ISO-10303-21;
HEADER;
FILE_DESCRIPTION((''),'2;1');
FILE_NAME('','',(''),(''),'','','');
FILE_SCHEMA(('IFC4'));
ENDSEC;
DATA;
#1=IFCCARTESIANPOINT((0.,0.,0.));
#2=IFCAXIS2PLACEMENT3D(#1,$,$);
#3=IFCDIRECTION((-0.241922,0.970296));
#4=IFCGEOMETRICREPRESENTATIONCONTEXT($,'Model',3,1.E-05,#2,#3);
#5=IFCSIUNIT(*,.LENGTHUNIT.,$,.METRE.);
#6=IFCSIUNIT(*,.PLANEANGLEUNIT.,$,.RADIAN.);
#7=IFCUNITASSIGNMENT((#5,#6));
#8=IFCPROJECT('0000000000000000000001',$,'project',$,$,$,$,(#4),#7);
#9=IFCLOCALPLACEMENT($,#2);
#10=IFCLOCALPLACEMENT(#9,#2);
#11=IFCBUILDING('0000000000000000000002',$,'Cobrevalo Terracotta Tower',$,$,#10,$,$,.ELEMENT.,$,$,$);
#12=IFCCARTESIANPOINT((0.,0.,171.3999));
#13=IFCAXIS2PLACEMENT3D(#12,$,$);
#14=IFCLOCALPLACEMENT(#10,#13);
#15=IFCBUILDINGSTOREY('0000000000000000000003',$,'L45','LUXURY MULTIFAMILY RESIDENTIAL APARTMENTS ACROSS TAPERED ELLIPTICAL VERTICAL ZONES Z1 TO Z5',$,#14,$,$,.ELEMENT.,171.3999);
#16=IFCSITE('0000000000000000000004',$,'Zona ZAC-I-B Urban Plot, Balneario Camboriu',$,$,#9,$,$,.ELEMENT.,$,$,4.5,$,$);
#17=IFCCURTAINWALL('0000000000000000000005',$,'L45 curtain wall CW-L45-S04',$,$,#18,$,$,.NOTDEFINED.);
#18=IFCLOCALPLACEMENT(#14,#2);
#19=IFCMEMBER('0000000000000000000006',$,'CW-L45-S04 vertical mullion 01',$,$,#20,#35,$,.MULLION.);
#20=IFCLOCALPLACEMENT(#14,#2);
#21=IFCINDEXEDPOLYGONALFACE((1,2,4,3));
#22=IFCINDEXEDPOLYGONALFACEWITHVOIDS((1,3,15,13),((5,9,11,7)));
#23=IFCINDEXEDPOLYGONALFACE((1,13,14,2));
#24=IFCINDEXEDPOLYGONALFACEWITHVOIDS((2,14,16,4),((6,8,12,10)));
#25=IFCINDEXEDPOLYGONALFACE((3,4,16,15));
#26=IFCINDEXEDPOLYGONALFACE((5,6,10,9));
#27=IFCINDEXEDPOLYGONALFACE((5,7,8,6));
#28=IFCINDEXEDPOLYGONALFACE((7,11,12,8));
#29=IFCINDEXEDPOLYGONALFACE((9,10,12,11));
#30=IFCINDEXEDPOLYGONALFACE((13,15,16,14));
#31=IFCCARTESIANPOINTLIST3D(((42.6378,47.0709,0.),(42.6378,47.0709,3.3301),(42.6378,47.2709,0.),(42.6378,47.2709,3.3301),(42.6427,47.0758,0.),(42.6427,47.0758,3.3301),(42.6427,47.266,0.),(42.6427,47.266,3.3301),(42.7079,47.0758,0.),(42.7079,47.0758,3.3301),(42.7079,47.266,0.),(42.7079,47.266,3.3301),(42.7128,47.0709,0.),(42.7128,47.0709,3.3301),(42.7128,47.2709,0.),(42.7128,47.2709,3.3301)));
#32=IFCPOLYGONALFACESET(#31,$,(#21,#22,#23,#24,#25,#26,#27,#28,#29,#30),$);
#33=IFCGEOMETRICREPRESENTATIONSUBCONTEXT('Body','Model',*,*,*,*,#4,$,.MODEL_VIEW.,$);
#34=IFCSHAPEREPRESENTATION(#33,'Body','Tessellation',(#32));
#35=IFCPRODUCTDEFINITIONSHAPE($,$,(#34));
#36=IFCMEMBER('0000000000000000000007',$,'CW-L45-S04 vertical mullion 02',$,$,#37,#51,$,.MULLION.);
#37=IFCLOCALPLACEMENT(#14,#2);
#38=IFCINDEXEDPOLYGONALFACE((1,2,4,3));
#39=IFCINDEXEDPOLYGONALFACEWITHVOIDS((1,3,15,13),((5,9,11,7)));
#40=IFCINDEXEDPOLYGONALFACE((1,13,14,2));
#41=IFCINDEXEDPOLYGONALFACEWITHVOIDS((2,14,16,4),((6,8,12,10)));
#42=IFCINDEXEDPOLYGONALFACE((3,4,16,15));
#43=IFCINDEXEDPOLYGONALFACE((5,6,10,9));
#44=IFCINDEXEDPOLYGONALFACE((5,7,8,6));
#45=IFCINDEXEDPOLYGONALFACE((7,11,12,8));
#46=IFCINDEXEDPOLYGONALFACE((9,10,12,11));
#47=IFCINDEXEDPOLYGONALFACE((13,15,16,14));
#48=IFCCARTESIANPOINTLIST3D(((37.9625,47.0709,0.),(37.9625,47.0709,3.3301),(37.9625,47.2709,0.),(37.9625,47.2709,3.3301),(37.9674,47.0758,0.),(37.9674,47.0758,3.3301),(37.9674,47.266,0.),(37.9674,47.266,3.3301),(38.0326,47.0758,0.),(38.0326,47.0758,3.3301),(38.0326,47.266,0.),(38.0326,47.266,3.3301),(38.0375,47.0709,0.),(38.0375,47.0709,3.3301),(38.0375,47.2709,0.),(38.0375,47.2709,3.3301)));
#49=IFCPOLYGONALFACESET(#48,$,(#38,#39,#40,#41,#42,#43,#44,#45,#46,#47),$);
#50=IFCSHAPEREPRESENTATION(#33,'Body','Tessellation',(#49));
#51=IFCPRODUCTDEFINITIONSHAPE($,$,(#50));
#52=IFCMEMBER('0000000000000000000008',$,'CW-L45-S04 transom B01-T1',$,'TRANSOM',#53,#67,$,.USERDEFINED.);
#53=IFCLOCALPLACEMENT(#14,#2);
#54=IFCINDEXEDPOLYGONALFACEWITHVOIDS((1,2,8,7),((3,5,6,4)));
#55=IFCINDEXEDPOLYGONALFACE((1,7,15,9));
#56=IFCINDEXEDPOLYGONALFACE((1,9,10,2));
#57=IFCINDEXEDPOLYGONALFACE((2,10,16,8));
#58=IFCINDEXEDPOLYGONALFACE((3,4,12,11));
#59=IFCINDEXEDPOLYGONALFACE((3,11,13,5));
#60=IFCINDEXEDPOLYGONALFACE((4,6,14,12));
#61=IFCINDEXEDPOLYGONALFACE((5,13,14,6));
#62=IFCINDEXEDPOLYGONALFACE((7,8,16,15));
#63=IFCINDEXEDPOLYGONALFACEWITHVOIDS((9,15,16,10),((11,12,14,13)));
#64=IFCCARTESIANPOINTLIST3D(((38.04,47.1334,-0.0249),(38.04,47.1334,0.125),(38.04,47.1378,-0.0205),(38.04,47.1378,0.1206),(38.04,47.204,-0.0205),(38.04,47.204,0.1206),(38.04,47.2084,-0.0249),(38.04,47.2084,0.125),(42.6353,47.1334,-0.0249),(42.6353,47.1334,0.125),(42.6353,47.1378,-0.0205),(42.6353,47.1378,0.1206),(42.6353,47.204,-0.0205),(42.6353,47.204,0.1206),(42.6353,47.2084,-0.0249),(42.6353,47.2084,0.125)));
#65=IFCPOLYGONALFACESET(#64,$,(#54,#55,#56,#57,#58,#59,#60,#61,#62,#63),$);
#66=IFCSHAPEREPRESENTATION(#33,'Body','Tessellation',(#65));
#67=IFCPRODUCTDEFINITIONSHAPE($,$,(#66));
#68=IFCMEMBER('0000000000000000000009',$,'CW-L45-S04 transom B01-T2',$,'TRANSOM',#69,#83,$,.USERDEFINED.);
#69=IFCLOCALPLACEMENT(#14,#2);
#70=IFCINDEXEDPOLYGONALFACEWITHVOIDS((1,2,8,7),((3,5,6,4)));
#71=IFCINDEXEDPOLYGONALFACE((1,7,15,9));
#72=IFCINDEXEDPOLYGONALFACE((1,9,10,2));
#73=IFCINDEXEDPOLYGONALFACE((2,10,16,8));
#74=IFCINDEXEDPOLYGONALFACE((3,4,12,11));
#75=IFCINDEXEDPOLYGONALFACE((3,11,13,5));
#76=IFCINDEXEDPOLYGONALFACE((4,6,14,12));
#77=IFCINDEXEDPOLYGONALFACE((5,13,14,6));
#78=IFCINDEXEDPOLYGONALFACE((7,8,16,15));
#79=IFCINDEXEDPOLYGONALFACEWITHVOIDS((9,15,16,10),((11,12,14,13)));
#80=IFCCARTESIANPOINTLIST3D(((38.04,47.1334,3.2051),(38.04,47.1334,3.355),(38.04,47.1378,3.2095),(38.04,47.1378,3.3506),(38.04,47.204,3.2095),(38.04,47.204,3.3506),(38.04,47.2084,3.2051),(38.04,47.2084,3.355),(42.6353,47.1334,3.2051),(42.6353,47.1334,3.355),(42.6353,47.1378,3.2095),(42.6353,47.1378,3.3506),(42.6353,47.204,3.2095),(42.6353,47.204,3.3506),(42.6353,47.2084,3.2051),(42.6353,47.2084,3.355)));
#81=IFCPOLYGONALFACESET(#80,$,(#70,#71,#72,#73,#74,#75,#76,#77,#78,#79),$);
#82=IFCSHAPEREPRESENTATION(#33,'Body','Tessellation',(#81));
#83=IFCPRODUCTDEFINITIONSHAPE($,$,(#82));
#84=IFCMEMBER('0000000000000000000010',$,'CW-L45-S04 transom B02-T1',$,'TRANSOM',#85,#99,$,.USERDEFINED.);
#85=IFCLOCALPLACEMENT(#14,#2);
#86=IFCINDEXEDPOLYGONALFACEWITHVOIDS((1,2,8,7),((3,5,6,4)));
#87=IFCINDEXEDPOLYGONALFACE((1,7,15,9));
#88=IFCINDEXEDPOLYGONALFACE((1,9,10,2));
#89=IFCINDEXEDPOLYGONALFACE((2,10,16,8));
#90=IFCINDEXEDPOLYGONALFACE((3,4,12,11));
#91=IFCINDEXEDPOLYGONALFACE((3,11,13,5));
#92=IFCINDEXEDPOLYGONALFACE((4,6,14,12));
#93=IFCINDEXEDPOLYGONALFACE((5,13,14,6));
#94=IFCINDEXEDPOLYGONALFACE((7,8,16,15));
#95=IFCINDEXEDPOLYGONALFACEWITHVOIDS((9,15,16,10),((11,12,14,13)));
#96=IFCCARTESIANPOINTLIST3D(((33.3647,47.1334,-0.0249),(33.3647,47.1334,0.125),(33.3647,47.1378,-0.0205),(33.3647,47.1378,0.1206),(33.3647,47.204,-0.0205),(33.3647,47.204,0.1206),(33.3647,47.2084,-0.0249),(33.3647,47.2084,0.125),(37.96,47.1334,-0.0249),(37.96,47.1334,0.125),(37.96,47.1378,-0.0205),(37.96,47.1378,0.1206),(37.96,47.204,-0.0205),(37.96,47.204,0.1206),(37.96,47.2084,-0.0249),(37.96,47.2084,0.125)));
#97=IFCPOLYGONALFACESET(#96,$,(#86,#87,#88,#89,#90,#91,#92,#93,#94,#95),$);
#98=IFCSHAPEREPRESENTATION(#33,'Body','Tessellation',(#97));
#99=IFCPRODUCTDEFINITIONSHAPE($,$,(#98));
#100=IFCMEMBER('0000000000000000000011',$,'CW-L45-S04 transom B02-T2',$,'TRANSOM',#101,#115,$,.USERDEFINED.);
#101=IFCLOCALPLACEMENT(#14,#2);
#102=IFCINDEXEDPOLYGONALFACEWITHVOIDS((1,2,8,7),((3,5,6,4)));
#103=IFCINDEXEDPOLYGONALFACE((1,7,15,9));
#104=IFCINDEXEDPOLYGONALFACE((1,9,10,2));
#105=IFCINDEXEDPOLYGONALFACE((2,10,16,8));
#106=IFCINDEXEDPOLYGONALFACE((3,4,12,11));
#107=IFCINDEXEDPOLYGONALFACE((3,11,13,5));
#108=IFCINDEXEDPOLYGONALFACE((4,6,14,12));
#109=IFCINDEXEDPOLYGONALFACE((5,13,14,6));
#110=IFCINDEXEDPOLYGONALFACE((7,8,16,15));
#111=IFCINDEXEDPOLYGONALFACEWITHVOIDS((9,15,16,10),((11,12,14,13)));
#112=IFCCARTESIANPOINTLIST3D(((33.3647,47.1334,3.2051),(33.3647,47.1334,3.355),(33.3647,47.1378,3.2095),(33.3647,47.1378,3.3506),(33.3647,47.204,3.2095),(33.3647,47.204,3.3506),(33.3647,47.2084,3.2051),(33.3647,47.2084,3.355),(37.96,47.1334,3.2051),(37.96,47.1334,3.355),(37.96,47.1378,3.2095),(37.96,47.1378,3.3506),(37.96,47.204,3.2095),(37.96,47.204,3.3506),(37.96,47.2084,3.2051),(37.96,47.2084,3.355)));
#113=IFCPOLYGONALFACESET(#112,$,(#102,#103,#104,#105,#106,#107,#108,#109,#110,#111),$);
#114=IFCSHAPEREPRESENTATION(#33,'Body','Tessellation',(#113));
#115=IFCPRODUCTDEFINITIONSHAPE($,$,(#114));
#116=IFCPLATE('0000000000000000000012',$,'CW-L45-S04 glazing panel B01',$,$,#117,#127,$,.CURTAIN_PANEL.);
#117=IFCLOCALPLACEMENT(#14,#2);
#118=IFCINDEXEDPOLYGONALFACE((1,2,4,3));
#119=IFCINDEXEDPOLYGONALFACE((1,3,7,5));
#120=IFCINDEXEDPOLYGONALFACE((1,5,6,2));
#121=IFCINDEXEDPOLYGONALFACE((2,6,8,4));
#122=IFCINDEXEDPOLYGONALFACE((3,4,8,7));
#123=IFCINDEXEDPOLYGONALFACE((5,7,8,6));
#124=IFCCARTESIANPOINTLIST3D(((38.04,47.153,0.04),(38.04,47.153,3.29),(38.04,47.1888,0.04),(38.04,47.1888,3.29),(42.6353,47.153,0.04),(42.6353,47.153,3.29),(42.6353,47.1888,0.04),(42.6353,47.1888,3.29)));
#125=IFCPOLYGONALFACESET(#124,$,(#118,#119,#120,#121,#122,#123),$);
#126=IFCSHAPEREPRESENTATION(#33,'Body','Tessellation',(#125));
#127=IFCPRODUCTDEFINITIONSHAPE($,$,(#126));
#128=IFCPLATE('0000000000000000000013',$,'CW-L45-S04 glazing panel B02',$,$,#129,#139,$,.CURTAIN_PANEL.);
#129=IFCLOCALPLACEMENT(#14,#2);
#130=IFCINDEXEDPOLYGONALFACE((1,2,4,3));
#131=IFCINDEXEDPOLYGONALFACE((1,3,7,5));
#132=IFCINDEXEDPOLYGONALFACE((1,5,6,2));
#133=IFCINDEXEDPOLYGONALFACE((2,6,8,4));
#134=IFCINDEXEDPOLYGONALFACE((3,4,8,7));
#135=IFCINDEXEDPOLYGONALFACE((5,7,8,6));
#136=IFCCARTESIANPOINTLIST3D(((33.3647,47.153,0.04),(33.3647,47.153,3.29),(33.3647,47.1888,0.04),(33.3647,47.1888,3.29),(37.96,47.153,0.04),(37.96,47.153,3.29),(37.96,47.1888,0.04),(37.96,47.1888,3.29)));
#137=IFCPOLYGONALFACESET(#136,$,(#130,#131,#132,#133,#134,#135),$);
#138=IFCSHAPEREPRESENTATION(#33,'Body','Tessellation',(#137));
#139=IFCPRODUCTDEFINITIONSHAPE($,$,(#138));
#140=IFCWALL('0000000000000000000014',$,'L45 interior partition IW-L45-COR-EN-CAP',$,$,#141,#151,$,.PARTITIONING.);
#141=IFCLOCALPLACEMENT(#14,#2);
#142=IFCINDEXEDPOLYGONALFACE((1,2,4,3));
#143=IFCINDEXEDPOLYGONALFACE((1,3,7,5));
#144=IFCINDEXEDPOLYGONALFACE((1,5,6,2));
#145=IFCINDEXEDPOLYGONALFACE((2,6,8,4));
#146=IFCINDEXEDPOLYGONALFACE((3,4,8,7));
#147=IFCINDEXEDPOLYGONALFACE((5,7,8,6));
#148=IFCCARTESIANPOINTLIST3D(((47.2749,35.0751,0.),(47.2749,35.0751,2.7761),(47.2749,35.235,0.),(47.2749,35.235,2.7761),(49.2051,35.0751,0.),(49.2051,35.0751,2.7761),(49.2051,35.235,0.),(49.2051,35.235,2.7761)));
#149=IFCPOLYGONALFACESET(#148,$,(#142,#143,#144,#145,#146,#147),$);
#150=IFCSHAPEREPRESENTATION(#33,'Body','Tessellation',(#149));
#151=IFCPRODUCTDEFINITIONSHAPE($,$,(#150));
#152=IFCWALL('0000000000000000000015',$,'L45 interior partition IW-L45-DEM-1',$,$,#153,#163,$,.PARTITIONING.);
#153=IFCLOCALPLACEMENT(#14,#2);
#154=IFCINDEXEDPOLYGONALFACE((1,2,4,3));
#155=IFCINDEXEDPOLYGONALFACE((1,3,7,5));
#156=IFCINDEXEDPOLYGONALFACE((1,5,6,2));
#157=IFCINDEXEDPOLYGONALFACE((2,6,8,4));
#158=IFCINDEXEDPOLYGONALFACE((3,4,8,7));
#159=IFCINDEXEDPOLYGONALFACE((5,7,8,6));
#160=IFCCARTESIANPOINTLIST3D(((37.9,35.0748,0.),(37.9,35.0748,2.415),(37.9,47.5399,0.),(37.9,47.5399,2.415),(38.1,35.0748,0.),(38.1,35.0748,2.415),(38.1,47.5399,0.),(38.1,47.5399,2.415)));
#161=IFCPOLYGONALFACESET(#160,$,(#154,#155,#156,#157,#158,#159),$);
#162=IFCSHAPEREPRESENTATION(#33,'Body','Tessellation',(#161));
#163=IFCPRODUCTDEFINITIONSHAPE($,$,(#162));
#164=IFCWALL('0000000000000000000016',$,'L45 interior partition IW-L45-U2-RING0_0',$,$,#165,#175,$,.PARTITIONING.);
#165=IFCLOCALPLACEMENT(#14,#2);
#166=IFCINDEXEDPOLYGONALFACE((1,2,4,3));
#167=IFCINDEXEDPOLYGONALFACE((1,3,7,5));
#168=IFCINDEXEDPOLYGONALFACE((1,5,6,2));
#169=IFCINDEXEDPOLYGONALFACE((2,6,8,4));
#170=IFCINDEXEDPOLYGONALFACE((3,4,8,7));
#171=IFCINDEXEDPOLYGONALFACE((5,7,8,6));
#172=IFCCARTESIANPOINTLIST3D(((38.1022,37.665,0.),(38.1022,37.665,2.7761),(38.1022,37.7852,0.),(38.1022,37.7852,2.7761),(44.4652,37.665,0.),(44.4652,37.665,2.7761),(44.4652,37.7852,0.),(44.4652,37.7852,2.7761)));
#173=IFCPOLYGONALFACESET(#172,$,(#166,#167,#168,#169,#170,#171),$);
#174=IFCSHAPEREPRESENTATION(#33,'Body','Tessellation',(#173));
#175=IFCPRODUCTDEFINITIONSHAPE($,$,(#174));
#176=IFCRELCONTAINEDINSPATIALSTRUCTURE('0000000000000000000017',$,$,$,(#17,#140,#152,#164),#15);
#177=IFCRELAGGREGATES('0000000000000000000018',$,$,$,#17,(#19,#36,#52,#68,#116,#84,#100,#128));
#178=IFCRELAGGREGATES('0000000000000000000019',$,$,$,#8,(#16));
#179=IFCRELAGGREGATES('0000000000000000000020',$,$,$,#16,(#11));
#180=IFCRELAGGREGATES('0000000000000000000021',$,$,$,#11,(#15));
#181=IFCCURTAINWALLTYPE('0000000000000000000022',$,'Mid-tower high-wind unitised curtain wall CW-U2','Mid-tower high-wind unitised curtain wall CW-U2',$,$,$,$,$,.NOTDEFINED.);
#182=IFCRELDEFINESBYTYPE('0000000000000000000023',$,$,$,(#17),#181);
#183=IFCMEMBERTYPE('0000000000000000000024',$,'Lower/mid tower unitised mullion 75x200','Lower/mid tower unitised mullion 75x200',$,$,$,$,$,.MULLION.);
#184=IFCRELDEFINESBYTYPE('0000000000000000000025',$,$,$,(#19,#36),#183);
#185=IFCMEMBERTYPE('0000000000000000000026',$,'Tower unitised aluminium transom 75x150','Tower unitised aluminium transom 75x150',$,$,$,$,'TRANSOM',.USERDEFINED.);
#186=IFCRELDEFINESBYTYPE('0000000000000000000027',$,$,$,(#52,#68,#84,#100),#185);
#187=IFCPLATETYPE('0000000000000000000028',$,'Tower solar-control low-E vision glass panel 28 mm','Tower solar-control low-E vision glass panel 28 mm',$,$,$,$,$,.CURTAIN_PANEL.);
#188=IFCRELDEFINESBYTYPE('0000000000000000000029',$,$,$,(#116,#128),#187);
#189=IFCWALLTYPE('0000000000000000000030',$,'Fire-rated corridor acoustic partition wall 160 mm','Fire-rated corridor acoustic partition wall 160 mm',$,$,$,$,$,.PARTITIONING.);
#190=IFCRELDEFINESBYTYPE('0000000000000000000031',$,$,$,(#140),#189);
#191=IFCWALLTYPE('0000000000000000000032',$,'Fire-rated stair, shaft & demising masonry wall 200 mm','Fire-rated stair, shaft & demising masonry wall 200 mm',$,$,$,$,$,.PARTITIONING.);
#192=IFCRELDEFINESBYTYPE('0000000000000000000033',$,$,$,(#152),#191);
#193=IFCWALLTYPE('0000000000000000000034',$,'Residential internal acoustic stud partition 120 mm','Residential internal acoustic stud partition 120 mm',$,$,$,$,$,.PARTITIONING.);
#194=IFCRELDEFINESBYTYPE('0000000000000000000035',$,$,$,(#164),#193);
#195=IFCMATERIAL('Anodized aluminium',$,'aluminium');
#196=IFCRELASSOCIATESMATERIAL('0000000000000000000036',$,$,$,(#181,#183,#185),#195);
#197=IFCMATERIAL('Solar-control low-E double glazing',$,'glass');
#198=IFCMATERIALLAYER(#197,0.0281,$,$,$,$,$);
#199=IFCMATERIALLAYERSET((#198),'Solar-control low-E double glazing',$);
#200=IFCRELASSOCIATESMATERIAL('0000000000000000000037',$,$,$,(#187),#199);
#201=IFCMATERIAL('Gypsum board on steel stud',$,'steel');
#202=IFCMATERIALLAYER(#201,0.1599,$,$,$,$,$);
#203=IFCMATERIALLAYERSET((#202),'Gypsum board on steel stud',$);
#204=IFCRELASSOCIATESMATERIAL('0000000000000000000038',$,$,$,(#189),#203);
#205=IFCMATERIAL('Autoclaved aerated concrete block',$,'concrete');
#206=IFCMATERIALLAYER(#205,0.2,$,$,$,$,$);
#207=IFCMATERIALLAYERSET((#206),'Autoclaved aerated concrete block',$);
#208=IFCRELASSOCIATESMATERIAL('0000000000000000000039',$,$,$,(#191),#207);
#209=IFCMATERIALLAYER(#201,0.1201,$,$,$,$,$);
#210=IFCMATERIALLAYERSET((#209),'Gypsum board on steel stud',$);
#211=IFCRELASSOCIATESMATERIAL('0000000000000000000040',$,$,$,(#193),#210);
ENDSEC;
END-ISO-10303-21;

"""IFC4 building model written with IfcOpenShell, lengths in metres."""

from ifc_helpers import new_model, si_unit, direction, frame, frame_2d, origin, origin_2d, place, context, subcontext, project, spatial, rectangle, hollow_rectangle, extrude, source, transform, mapped, material, layer, layer_set, material_profile, profile_set, type_object, element, aggregate, save


model = new_model("IFC4")

# Units and contexts
model_context = context("Model", 3, precision=1e-05, world=origin(), true_north=direction((-0.241922, 0.970296)))
body_context = subcontext(model_context, "Body", "Model", "MODEL_VIEW")
ifc_project = project(units=[si_unit("LENGTHUNIT", "METRE"), si_unit("PLANEANGLEUNIT", "RADIAN")], contexts=[model_context])

# Site, building, storey
site_placement = place(None, origin())
site = spatial("IfcSite", under=ifc_project, at=site_placement, Name="Zona ZAC-I-B Urban Plot, Balneario Camboriu", CompositionType="ELEMENT", RefElevation=4.5)
building_placement = place(site_placement, origin())
building = spatial("IfcBuilding", under=site, at=building_placement, Name="Cobrevalo Terracotta Tower", CompositionType="ELEMENT")
storey_placement = place(building_placement, frame((0.0, 0.0, 171.3999)))
storey = spatial("IfcBuildingStorey", under=building, at=storey_placement, Name="L45", Description="LUXURY MULTIFAMILY RESIDENTIAL APARTMENTS ACROSS TAPERED ELLIPTICAL VERTICAL ZONES Z1 TO Z5", CompositionType="ELEMENT", Elevation=171.3999)

# Curtain wall, members, plates
ifc_material_1 = material(Name="Anodized aluminium", Category="aluminium")
curtain_wall_type = type_object("IfcCurtainWallType", Name="Mid-tower high-wind unitised curtain wall CW-U2", Description="Mid-tower high-wind unitised curtain wall CW-U2", PredefinedType="NOTDEFINED", material=ifc_material_1)
curtain_wall_placement = place(storey_placement, origin())
curtain_wall = element("IfcCurtainWall", 1, at=curtain_wall_placement, inside=storey, type_object=curtain_wall_type, Name="L45 curtain wall CW-L45-S04", PredefinedType="NOTDEFINED")
ifc_material_profile_1 = material_profile(ifc_material_1, hollow_rectangle(XDim=0.075, YDim=0.2, WallThickness=0.0049, at=origin_2d()), Name="CWM 75x200")
ifc_profile_set_1 = profile_set([ifc_material_profile_1], Name="Anodized aluminium")
member_type_1 = type_object("IfcMemberType", Name="Lower/mid tower unitised mullion 75x200", Description="Lower/mid tower unitised mullion 75x200", PredefinedType="MULLION", material=ifc_profile_set_1)
shared_shape_1 = source(origin(), body_context, "Body", "SweptSolid", [
    extrude(hollow_rectangle(XDim=0.075, YDim=0.2, WallThickness=0.0049, at=origin_2d()), origin(), (0.0, 0.0, 1.0), 3.3301),
])
member_1_placement = place(storey_placement, frame((42.6753, 47.1709, 0.0), z_axis=(0.0, 0.0, 1.0), x_axis=(-1.0, 0.0, 0.0)))
member_1 = element("IfcMember", 2, at=member_1_placement, type_object=member_type_1, Name="CW-L45-S04 vertical mullion 01", PredefinedType="MULLION", context=body_context, shape_type="MappedRepresentation", body=[
    mapped(shared_shape_1, transform((0.0, 0.0, 0.0), scale=1.0)),
])
member_2_placement = place(storey_placement, frame((38.0, 47.1709, 0.0), z_axis=(0.0, 0.0, 1.0), x_axis=(-1.0, 0.0, 0.0)))
member_2 = element("IfcMember", 3, at=member_2_placement, type_object=member_type_1, Name="CW-L45-S04 vertical mullion 02", PredefinedType="MULLION", context=body_context, shape_type="MappedRepresentation", body=[
    mapped(shared_shape_1, transform((0.0, 0.0, 0.0), scale=1.0)),
])
ifc_material_profile_2 = material_profile(ifc_material_1, hollow_rectangle(XDim=0.075, YDim=0.1499, WallThickness=0.0044, at=origin_2d()), Name="CWT 75x150")
ifc_profile_set_2 = profile_set([ifc_material_profile_2], Name="Anodized aluminium")
member_type_2 = type_object("IfcMemberType", Name="Tower unitised aluminium transom 75x150", Description="Tower unitised aluminium transom 75x150", ElementType="TRANSOM", PredefinedType="USERDEFINED", material=ifc_profile_set_2)
shared_shape_2 = source(origin(), body_context, "Body", "SweptSolid", [
    extrude(hollow_rectangle(XDim=0.075, YDim=0.1499, WallThickness=0.0044, at=origin_2d()), origin(), (0.0, 0.0, 1.0), 4.5952),
])
member_3_placement = place(storey_placement, frame((42.6353, 47.1709, 0.05), z_axis=(-1.0, 0.0, 0.0), x_axis=(0.0, -1.0, 0.0)))
member_3 = element("IfcMember", 4, at=member_3_placement, type_object=member_type_2, Name="CW-L45-S04 transom B01-T1", ObjectType="TRANSOM", PredefinedType="USERDEFINED", context=body_context, shape_type="MappedRepresentation", body=[
    mapped(shared_shape_2, transform((0.0, 0.0, 0.0), scale=1.0)),
])
member_4_placement = place(storey_placement, frame((42.6353, 47.1709, 3.28), z_axis=(-1.0, 0.0, 0.0), x_axis=(0.0, -1.0, 0.0)))
member_4 = element("IfcMember", 5, at=member_4_placement, type_object=member_type_2, Name="CW-L45-S04 transom B01-T2", ObjectType="TRANSOM", PredefinedType="USERDEFINED", context=body_context, shape_type="MappedRepresentation", body=[
    mapped(shared_shape_2, transform((0.0, 0.0, 0.0), scale=1.0)),
])
member_5_placement = place(storey_placement, frame((37.96, 47.1709, 0.05), z_axis=(-1.0, 0.0, 0.0), x_axis=(0.0, -1.0, 0.0)))
member_5 = element("IfcMember", 6, at=member_5_placement, type_object=member_type_2, Name="CW-L45-S04 transom B02-T1", ObjectType="TRANSOM", PredefinedType="USERDEFINED", context=body_context, shape_type="MappedRepresentation", body=[
    mapped(shared_shape_2, transform((0.0, 0.0, 0.0), scale=1.0)),
])
member_6_placement = place(storey_placement, frame((37.96, 47.1709, 3.28), z_axis=(-1.0, 0.0, 0.0), x_axis=(0.0, -1.0, 0.0)))
member_6 = element("IfcMember", 7, at=member_6_placement, type_object=member_type_2, Name="CW-L45-S04 transom B02-T2", ObjectType="TRANSOM", PredefinedType="USERDEFINED", context=body_context, shape_type="MappedRepresentation", body=[
    mapped(shared_shape_2, transform((0.0, 0.0, 0.0), scale=1.0)),
])
ifc_material_2 = material(Name="Solar-control low-E double glazing", Category="glass")
ifc_layer_1 = layer(ifc_material_2, 0.0281)
ifc_layer_set_1 = layer_set([ifc_layer_1], Name="Solar-control low-E double glazing")
plate_type = type_object("IfcPlateType", Name="Tower solar-control low-E vision glass panel 28 mm", Description="Tower solar-control low-E vision glass panel 28 mm", PredefinedType="CURTAIN_PANEL", material=ifc_layer_set_1)
shared_shape_3 = source(origin(), body_context, "Body", "SweptSolid", [
    extrude(rectangle(XDim=4.5952, YDim=0.0359, at=origin_2d()), origin(), (0.0, 0.0, 1.0), 3.25),
])
plate_1_placement = place(storey_placement, frame((40.3376, 47.1709, 0.04), z_axis=(0.0, 0.0, 1.0), x_axis=(-1.0, 0.0, 0.0)))
plate_1 = element("IfcPlate", 8, at=plate_1_placement, type_object=plate_type, Name="CW-L45-S04 glazing panel B01", PredefinedType="CURTAIN_PANEL", context=body_context, shape_type="MappedRepresentation", body=[
    mapped(shared_shape_3, transform((0.0, 0.0, 0.0), scale=1.0)),
])
plate_2_placement = place(storey_placement, frame((35.6624, 47.1709, 0.04), z_axis=(0.0, 0.0, 1.0), x_axis=(-1.0, 0.0, 0.0)))
plate_2 = element("IfcPlate", 9, at=plate_2_placement, type_object=plate_type, Name="CW-L45-S04 glazing panel B02", PredefinedType="CURTAIN_PANEL", context=body_context, shape_type="MappedRepresentation", body=[
    mapped(shared_shape_3, transform((0.0, 0.0, 0.0), scale=1.0)),
])
aggregate(curtain_wall, [member_1, member_2, member_3, member_4, plate_1, member_5, member_6, plate_2])

# Walls
ifc_material_3 = material(Name="Gypsum board on steel stud", Category="steel")
ifc_layer_2 = layer(ifc_material_3, 0.1599)
ifc_layer_set_2 = layer_set([ifc_layer_2], Name="Gypsum board on steel stud")
wall_type_1 = type_object("IfcWallType", Name="Fire-rated corridor acoustic partition wall 160 mm", Description="Fire-rated corridor acoustic partition wall 160 mm", PredefinedType="PARTITIONING", material=ifc_layer_set_2)
wall_1_placement = place(storey_placement, frame((47.2749, 35.155, 0.0), z_axis=(0.0, 0.0, 1.0), x_axis=(1.0, 0.0, 0.0)))
element("IfcWall", 10, at=wall_1_placement, inside=storey, type_object=wall_type_1, Name="L45 interior partition IW-L45-COR-EN-CAP", PredefinedType="PARTITIONING", context=body_context, shape_type="SweptSolid", body=[
    extrude(rectangle(XDim=1.9302, YDim=0.1599, at=frame_2d((0.9651, 0.0))), origin(), (0.0, 0.0, 1.0), 2.7761),
])
ifc_material_4 = material(Name="Autoclaved aerated concrete block", Category="concrete")
ifc_layer_3 = layer(ifc_material_4, 0.2)
ifc_layer_set_3 = layer_set([ifc_layer_3], Name="Autoclaved aerated concrete block")
wall_type_2 = type_object("IfcWallType", Name="Fire-rated stair, shaft & demising masonry wall 200 mm", Description="Fire-rated stair, shaft & demising masonry wall 200 mm", PredefinedType="PARTITIONING", material=ifc_layer_set_3)
wall_2_placement = place(storey_placement, frame((38.0, 35.075, 0.0), z_axis=(0.0, 0.0, 1.0), x_axis=(0.0, 1.0, 0.0)))
element("IfcWall", 11, at=wall_2_placement, inside=storey, type_object=wall_type_2, Name="L45 interior partition IW-L45-DEM-1", PredefinedType="PARTITIONING", context=body_context, shape_type="SweptSolid", body=[
    extrude(rectangle(XDim=12.4651, YDim=0.2, at=frame_2d((6.2324, 0.0))), origin(), (0.0, 0.0, 1.0), 2.415),
])
ifc_layer_4 = layer(ifc_material_3, 0.1201)
ifc_layer_set_4 = layer_set([ifc_layer_4], Name="Gypsum board on steel stud")
wall_type_3 = type_object("IfcWallType", Name="Residential internal acoustic stud partition 120 mm", Description="Residential internal acoustic stud partition 120 mm", PredefinedType="PARTITIONING", material=ifc_layer_set_4)
wall_3_placement = place(storey_placement, frame((38.1021, 37.7251, 0.0), z_axis=(0.0, 0.0, 1.0), x_axis=(1.0, 0.0, 0.0)))
element("IfcWall", 12, at=wall_3_placement, inside=storey, type_object=wall_type_3, Name="L45 interior partition IW-L45-U2-RING0_0", PredefinedType="PARTITIONING", context=body_context, shape_type="SweptSolid", body=[
    extrude(rectangle(XDim=6.363, YDim=0.1201, at=frame_2d((3.1816, 0.0))), origin(), (0.0, 0.0, 1.0), 2.7761),
])

save(model, "model.ifc")
